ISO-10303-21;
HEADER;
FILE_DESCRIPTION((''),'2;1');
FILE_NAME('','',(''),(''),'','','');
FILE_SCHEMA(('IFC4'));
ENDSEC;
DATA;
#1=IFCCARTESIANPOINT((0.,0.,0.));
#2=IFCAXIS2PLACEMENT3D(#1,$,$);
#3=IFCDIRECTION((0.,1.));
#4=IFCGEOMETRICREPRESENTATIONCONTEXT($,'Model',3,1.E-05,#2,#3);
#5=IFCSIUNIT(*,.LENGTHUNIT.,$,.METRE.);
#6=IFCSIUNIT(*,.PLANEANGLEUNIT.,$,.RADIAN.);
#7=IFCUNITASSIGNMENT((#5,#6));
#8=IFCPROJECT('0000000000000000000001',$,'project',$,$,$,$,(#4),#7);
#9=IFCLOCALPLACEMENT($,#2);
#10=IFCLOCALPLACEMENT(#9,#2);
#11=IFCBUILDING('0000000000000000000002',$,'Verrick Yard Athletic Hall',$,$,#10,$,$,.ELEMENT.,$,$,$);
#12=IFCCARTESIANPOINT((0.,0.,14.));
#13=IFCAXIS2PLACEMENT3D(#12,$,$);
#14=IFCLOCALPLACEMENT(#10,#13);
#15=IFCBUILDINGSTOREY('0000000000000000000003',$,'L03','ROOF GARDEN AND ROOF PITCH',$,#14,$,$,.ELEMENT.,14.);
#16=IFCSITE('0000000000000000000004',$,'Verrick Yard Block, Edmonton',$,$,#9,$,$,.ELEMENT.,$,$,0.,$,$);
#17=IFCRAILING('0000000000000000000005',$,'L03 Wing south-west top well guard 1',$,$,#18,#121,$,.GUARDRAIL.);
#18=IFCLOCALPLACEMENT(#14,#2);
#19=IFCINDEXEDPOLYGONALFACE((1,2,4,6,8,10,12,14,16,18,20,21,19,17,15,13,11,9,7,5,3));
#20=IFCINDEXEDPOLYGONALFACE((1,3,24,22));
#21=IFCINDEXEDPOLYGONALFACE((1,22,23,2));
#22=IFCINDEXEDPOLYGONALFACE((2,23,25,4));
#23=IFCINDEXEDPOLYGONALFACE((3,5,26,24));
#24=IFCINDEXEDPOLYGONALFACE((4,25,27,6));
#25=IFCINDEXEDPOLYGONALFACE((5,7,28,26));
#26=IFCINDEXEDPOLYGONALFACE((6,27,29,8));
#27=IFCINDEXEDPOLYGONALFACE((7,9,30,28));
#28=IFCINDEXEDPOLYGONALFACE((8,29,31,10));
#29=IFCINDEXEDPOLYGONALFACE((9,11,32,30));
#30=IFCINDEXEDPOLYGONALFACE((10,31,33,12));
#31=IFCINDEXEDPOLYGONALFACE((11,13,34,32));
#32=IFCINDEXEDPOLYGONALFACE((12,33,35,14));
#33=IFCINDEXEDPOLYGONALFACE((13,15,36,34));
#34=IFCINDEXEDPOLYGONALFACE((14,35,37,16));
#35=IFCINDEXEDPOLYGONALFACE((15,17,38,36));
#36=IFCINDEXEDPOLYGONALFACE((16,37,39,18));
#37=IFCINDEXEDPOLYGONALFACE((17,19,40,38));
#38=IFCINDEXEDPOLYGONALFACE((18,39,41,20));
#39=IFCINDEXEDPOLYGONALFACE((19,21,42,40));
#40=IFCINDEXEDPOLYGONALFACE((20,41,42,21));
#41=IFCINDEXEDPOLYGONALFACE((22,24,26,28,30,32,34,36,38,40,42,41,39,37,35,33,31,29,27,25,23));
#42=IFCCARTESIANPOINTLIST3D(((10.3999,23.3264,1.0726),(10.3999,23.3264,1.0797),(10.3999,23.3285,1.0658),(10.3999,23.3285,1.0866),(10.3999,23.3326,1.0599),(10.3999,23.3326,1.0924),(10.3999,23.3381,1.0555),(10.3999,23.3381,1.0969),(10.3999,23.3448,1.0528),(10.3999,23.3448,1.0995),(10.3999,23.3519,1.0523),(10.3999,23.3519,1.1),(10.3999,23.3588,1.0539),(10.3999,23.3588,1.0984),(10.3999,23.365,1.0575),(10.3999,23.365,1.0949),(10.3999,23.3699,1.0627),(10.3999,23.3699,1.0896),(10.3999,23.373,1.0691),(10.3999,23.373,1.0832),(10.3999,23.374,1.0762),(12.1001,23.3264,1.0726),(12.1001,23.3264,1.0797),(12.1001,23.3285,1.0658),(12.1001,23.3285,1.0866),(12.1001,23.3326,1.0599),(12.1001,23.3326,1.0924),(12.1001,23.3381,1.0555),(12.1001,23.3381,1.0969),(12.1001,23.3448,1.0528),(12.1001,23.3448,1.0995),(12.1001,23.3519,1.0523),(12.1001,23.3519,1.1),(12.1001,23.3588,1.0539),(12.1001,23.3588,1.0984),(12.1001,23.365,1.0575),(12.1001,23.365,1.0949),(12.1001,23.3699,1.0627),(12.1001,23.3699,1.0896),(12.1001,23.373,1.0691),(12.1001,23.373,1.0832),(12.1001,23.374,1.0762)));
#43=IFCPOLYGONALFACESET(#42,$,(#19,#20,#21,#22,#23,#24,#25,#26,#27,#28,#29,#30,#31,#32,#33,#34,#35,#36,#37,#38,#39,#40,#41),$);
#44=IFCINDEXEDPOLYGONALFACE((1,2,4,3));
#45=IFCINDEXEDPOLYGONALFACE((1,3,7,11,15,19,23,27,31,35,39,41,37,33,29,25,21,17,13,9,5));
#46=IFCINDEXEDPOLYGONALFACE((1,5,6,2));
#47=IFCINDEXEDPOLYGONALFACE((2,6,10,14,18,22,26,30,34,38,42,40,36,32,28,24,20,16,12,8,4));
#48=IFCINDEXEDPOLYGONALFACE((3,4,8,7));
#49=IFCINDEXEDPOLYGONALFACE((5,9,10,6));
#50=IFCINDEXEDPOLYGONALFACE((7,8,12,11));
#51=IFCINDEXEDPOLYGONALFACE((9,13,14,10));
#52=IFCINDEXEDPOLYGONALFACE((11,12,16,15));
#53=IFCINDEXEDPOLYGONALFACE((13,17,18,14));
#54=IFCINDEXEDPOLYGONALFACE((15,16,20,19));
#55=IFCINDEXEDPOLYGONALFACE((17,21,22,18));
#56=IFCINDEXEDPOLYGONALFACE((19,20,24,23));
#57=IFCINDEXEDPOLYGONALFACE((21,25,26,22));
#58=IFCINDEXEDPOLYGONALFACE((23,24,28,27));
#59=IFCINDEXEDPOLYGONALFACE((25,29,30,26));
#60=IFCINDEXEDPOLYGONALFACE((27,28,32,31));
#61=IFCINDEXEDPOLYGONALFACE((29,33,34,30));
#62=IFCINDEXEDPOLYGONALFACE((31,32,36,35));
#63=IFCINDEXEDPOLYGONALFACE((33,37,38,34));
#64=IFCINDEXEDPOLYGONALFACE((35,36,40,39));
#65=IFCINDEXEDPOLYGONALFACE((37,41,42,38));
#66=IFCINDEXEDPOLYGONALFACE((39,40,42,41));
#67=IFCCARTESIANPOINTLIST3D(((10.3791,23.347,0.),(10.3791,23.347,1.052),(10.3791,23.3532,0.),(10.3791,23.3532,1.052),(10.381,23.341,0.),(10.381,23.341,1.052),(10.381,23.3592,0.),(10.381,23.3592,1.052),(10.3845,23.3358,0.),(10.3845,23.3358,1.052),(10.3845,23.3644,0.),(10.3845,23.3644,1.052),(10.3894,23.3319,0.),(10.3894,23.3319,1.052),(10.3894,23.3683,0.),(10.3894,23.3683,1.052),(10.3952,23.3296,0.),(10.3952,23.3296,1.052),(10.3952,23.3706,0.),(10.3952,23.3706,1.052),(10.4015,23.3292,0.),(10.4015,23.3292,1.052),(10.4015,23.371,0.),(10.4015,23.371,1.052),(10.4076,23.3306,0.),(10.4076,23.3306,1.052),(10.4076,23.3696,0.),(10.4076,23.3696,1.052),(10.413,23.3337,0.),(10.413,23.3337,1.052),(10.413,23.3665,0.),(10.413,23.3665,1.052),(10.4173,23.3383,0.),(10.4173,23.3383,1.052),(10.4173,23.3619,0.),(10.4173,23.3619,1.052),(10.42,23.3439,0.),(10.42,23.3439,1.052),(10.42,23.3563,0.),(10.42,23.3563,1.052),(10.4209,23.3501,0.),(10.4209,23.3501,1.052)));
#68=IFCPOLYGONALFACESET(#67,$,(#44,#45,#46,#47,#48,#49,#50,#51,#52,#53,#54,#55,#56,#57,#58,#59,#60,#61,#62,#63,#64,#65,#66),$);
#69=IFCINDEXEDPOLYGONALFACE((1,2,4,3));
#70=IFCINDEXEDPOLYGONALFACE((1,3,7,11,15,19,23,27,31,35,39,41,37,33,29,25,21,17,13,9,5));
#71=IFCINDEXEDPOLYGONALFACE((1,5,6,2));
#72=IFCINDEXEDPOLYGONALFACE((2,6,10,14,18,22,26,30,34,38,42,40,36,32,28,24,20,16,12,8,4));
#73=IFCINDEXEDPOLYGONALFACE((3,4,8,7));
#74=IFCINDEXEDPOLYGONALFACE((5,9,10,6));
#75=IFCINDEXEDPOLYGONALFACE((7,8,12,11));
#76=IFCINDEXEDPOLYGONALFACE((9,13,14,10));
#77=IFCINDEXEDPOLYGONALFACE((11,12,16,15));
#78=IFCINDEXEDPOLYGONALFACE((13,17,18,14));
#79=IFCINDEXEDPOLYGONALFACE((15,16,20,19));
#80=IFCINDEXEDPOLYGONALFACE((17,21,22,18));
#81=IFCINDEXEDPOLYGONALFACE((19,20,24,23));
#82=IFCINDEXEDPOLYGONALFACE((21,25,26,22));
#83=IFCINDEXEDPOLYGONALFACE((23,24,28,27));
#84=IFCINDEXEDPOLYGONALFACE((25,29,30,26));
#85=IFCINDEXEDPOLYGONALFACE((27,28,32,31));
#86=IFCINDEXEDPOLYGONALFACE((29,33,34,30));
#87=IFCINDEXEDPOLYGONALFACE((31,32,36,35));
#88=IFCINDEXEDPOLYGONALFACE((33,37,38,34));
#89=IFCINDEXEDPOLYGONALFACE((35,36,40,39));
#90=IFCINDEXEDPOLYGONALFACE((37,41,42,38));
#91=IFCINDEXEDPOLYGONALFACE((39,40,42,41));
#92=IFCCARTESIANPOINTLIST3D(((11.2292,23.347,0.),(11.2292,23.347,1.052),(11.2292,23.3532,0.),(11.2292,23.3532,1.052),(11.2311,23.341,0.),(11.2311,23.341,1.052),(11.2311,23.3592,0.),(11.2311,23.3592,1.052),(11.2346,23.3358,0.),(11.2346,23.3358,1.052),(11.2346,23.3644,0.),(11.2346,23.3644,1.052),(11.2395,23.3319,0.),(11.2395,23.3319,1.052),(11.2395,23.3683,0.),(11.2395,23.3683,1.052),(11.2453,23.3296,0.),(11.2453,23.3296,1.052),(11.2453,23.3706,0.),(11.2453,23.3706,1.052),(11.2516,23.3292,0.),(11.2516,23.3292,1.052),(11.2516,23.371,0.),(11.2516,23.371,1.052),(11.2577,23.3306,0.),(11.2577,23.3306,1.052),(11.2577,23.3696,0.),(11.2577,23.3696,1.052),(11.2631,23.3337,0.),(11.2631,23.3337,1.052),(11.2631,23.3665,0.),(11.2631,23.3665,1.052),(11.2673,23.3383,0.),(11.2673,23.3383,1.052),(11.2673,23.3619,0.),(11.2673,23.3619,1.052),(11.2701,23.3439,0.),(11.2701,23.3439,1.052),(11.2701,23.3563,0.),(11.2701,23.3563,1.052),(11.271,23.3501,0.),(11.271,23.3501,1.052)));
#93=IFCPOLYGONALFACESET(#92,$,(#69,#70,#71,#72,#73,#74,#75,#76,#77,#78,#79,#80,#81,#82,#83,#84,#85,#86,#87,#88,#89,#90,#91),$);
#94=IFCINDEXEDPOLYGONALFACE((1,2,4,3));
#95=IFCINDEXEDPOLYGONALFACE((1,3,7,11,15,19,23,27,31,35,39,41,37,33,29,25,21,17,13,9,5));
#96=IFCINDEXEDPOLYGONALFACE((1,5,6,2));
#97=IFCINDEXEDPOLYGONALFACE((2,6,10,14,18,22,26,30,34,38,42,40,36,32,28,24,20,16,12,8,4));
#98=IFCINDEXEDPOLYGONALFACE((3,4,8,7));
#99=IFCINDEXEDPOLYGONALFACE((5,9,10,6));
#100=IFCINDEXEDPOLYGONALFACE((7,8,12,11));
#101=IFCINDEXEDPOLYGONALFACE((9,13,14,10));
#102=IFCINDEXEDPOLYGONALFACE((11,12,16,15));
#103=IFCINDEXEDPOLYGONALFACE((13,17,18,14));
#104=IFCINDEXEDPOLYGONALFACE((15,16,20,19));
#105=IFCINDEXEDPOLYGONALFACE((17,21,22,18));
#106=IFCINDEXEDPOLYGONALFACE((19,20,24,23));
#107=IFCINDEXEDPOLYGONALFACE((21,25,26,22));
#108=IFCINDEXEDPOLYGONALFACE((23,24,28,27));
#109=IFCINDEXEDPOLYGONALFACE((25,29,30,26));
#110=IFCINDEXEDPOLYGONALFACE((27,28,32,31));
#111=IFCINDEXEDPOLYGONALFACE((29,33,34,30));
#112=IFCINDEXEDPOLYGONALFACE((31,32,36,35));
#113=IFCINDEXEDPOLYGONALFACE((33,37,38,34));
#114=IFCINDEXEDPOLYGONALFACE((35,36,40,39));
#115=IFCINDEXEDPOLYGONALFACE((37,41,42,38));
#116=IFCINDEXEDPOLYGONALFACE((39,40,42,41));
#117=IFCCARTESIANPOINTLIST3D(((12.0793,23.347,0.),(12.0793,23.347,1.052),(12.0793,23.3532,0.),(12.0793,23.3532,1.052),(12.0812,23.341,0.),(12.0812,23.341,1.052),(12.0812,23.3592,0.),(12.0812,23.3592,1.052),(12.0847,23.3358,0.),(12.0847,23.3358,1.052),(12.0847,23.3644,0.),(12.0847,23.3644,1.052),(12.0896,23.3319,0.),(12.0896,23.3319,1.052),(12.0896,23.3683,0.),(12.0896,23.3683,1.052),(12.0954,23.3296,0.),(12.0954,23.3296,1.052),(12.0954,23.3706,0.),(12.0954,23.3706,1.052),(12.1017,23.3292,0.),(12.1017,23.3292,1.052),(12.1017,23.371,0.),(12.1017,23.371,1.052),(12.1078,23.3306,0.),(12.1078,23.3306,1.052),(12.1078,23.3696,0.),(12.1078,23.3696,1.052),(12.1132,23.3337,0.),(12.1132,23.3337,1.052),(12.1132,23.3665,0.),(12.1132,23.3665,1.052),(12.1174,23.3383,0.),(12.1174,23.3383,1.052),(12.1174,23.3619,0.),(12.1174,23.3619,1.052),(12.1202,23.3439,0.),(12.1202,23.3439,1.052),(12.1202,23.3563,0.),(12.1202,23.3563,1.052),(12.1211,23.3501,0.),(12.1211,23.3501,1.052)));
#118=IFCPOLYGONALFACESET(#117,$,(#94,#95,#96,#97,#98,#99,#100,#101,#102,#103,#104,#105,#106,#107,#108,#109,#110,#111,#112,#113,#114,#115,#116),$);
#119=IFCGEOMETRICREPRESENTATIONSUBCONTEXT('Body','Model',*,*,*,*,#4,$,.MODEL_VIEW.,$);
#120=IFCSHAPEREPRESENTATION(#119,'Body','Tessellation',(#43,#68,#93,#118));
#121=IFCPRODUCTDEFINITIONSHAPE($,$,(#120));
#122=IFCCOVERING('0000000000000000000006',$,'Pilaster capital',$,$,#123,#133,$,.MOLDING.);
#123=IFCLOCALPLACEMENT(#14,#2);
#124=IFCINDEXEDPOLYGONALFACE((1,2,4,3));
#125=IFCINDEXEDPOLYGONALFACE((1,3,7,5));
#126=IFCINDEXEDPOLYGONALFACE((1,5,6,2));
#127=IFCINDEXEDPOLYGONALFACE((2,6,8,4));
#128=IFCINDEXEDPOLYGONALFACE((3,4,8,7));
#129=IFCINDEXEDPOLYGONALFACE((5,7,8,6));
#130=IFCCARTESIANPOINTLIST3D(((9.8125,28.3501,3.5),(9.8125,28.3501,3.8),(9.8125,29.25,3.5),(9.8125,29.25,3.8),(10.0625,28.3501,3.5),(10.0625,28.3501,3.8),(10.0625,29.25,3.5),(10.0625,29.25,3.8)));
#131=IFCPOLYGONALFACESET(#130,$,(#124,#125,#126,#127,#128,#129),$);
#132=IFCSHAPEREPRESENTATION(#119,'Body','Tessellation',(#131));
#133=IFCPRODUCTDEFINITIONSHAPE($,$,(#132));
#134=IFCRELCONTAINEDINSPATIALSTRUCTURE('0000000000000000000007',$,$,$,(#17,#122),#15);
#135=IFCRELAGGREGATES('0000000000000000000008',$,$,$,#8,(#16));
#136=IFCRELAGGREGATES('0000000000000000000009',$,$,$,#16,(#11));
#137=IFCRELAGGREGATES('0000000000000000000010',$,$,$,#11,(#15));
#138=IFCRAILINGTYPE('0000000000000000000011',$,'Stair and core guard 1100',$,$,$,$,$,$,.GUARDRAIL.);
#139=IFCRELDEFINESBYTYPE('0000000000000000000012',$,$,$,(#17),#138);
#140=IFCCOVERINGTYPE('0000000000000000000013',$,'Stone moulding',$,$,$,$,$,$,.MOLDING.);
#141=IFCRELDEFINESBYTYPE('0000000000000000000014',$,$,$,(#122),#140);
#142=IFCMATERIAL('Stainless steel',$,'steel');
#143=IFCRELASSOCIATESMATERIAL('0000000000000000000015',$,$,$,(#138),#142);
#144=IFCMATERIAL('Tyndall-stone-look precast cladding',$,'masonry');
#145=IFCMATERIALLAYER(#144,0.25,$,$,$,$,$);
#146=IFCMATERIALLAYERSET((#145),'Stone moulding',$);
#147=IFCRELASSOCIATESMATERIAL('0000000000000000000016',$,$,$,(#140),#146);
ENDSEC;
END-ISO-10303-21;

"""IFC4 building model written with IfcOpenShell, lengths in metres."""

from ifc_helpers import new_model, si_unit, direction, frame, origin, origin_2d, place, context, subcontext, project, spatial, rectangle, circle, extrude, material, layer, layer_set, type_object, element, save


model = new_model("IFC4")

# Units and contexts
model_context = context("Model", 3, precision=1e-05, world=origin(), true_north=direction((0.0, 1.0)))
body_context = subcontext(model_context, "Body", "Model", "MODEL_VIEW")
ifc_project = project(units=[si_unit("LENGTHUNIT", "METRE"), si_unit("PLANEANGLEUNIT", "RADIAN")], contexts=[model_context])

# Site, building, storey
site_placement = place(None, origin())
site = spatial("IfcSite", under=ifc_project, at=site_placement, Name="Verrick Yard Block, Edmonton", CompositionType="ELEMENT", RefElevation=0.0)
building_placement = place(site_placement, origin())
building = spatial("IfcBuilding", under=site, at=building_placement, Name="Verrick Yard Athletic Hall", CompositionType="ELEMENT")
storey_placement = place(building_placement, frame((0.0, 0.0, 14.0)))
storey = spatial("IfcBuildingStorey", under=building, at=storey_placement, Name="L03", Description="ROOF GARDEN AND ROOF PITCH", CompositionType="ELEMENT", Elevation=14.0)

# Railing
ifc_material_1 = material(Name="Stainless steel", Category="steel")
railing_type = type_object("IfcRailingType", Name="Stair and core guard 1100", PredefinedType="GUARDRAIL", material=ifc_material_1)
railing_placement = place(storey_placement, frame((10.3999, 23.3501, 0.0)))
element("IfcRailing", 1, at=railing_placement, inside=storey, type_object=railing_type, Name="L03 Wing south-west top well guard 1", PredefinedType="GUARDRAIL", context=body_context, shape_type="SweptSolid", body=[
    extrude(circle(Radius=0.0239, at=origin_2d()), frame((0.0, 0.0, 1.0762), z_axis=(1.0, 0.0, 0.0), x_axis=(0.0, 1.0, 0.0)), (0.0, 0.0, 1.0), 1.7002),
    extrude(circle(Radius=0.021, at=origin_2d()), origin(), (0.0, 0.0, 1.0), 1.052),
    extrude(circle(Radius=0.021, at=origin_2d()), frame((0.8501, 0.0, 0.0)), (0.0, 0.0, 1.0), 1.052),
    extrude(circle(Radius=0.021, at=origin_2d()), frame((1.7002, 0.0, 0.0)), (0.0, 0.0, 1.0), 1.052),
])

# Covering
ifc_material_2 = material(Name="Tyndall-stone-look precast cladding", Category="masonry")
ifc_layer_1 = layer(ifc_material_2, 0.25)
ifc_layer_set_1 = layer_set([ifc_layer_1], Name="Stone moulding")
covering_type = type_object("IfcCoveringType", Name="Stone moulding", PredefinedType="MOLDING", material=ifc_layer_set_1)
covering_placement = place(storey_placement, frame((9.9375, 28.8, 3.5), z_axis=(0.0, 0.0, 1.0), x_axis=(0.0, 1.0, 0.0)))
element("IfcCovering", 2, at=covering_placement, inside=storey, type_object=covering_type, Name="Pilaster capital", PredefinedType="MOLDING", context=body_context, shape_type="SweptSolid", body=[
    extrude(rectangle(XDim=0.8999, YDim=0.25, at=origin_2d()), origin(), (0.0, 0.0, 1.0), 0.3),
])

save(model, "model.ifc")
